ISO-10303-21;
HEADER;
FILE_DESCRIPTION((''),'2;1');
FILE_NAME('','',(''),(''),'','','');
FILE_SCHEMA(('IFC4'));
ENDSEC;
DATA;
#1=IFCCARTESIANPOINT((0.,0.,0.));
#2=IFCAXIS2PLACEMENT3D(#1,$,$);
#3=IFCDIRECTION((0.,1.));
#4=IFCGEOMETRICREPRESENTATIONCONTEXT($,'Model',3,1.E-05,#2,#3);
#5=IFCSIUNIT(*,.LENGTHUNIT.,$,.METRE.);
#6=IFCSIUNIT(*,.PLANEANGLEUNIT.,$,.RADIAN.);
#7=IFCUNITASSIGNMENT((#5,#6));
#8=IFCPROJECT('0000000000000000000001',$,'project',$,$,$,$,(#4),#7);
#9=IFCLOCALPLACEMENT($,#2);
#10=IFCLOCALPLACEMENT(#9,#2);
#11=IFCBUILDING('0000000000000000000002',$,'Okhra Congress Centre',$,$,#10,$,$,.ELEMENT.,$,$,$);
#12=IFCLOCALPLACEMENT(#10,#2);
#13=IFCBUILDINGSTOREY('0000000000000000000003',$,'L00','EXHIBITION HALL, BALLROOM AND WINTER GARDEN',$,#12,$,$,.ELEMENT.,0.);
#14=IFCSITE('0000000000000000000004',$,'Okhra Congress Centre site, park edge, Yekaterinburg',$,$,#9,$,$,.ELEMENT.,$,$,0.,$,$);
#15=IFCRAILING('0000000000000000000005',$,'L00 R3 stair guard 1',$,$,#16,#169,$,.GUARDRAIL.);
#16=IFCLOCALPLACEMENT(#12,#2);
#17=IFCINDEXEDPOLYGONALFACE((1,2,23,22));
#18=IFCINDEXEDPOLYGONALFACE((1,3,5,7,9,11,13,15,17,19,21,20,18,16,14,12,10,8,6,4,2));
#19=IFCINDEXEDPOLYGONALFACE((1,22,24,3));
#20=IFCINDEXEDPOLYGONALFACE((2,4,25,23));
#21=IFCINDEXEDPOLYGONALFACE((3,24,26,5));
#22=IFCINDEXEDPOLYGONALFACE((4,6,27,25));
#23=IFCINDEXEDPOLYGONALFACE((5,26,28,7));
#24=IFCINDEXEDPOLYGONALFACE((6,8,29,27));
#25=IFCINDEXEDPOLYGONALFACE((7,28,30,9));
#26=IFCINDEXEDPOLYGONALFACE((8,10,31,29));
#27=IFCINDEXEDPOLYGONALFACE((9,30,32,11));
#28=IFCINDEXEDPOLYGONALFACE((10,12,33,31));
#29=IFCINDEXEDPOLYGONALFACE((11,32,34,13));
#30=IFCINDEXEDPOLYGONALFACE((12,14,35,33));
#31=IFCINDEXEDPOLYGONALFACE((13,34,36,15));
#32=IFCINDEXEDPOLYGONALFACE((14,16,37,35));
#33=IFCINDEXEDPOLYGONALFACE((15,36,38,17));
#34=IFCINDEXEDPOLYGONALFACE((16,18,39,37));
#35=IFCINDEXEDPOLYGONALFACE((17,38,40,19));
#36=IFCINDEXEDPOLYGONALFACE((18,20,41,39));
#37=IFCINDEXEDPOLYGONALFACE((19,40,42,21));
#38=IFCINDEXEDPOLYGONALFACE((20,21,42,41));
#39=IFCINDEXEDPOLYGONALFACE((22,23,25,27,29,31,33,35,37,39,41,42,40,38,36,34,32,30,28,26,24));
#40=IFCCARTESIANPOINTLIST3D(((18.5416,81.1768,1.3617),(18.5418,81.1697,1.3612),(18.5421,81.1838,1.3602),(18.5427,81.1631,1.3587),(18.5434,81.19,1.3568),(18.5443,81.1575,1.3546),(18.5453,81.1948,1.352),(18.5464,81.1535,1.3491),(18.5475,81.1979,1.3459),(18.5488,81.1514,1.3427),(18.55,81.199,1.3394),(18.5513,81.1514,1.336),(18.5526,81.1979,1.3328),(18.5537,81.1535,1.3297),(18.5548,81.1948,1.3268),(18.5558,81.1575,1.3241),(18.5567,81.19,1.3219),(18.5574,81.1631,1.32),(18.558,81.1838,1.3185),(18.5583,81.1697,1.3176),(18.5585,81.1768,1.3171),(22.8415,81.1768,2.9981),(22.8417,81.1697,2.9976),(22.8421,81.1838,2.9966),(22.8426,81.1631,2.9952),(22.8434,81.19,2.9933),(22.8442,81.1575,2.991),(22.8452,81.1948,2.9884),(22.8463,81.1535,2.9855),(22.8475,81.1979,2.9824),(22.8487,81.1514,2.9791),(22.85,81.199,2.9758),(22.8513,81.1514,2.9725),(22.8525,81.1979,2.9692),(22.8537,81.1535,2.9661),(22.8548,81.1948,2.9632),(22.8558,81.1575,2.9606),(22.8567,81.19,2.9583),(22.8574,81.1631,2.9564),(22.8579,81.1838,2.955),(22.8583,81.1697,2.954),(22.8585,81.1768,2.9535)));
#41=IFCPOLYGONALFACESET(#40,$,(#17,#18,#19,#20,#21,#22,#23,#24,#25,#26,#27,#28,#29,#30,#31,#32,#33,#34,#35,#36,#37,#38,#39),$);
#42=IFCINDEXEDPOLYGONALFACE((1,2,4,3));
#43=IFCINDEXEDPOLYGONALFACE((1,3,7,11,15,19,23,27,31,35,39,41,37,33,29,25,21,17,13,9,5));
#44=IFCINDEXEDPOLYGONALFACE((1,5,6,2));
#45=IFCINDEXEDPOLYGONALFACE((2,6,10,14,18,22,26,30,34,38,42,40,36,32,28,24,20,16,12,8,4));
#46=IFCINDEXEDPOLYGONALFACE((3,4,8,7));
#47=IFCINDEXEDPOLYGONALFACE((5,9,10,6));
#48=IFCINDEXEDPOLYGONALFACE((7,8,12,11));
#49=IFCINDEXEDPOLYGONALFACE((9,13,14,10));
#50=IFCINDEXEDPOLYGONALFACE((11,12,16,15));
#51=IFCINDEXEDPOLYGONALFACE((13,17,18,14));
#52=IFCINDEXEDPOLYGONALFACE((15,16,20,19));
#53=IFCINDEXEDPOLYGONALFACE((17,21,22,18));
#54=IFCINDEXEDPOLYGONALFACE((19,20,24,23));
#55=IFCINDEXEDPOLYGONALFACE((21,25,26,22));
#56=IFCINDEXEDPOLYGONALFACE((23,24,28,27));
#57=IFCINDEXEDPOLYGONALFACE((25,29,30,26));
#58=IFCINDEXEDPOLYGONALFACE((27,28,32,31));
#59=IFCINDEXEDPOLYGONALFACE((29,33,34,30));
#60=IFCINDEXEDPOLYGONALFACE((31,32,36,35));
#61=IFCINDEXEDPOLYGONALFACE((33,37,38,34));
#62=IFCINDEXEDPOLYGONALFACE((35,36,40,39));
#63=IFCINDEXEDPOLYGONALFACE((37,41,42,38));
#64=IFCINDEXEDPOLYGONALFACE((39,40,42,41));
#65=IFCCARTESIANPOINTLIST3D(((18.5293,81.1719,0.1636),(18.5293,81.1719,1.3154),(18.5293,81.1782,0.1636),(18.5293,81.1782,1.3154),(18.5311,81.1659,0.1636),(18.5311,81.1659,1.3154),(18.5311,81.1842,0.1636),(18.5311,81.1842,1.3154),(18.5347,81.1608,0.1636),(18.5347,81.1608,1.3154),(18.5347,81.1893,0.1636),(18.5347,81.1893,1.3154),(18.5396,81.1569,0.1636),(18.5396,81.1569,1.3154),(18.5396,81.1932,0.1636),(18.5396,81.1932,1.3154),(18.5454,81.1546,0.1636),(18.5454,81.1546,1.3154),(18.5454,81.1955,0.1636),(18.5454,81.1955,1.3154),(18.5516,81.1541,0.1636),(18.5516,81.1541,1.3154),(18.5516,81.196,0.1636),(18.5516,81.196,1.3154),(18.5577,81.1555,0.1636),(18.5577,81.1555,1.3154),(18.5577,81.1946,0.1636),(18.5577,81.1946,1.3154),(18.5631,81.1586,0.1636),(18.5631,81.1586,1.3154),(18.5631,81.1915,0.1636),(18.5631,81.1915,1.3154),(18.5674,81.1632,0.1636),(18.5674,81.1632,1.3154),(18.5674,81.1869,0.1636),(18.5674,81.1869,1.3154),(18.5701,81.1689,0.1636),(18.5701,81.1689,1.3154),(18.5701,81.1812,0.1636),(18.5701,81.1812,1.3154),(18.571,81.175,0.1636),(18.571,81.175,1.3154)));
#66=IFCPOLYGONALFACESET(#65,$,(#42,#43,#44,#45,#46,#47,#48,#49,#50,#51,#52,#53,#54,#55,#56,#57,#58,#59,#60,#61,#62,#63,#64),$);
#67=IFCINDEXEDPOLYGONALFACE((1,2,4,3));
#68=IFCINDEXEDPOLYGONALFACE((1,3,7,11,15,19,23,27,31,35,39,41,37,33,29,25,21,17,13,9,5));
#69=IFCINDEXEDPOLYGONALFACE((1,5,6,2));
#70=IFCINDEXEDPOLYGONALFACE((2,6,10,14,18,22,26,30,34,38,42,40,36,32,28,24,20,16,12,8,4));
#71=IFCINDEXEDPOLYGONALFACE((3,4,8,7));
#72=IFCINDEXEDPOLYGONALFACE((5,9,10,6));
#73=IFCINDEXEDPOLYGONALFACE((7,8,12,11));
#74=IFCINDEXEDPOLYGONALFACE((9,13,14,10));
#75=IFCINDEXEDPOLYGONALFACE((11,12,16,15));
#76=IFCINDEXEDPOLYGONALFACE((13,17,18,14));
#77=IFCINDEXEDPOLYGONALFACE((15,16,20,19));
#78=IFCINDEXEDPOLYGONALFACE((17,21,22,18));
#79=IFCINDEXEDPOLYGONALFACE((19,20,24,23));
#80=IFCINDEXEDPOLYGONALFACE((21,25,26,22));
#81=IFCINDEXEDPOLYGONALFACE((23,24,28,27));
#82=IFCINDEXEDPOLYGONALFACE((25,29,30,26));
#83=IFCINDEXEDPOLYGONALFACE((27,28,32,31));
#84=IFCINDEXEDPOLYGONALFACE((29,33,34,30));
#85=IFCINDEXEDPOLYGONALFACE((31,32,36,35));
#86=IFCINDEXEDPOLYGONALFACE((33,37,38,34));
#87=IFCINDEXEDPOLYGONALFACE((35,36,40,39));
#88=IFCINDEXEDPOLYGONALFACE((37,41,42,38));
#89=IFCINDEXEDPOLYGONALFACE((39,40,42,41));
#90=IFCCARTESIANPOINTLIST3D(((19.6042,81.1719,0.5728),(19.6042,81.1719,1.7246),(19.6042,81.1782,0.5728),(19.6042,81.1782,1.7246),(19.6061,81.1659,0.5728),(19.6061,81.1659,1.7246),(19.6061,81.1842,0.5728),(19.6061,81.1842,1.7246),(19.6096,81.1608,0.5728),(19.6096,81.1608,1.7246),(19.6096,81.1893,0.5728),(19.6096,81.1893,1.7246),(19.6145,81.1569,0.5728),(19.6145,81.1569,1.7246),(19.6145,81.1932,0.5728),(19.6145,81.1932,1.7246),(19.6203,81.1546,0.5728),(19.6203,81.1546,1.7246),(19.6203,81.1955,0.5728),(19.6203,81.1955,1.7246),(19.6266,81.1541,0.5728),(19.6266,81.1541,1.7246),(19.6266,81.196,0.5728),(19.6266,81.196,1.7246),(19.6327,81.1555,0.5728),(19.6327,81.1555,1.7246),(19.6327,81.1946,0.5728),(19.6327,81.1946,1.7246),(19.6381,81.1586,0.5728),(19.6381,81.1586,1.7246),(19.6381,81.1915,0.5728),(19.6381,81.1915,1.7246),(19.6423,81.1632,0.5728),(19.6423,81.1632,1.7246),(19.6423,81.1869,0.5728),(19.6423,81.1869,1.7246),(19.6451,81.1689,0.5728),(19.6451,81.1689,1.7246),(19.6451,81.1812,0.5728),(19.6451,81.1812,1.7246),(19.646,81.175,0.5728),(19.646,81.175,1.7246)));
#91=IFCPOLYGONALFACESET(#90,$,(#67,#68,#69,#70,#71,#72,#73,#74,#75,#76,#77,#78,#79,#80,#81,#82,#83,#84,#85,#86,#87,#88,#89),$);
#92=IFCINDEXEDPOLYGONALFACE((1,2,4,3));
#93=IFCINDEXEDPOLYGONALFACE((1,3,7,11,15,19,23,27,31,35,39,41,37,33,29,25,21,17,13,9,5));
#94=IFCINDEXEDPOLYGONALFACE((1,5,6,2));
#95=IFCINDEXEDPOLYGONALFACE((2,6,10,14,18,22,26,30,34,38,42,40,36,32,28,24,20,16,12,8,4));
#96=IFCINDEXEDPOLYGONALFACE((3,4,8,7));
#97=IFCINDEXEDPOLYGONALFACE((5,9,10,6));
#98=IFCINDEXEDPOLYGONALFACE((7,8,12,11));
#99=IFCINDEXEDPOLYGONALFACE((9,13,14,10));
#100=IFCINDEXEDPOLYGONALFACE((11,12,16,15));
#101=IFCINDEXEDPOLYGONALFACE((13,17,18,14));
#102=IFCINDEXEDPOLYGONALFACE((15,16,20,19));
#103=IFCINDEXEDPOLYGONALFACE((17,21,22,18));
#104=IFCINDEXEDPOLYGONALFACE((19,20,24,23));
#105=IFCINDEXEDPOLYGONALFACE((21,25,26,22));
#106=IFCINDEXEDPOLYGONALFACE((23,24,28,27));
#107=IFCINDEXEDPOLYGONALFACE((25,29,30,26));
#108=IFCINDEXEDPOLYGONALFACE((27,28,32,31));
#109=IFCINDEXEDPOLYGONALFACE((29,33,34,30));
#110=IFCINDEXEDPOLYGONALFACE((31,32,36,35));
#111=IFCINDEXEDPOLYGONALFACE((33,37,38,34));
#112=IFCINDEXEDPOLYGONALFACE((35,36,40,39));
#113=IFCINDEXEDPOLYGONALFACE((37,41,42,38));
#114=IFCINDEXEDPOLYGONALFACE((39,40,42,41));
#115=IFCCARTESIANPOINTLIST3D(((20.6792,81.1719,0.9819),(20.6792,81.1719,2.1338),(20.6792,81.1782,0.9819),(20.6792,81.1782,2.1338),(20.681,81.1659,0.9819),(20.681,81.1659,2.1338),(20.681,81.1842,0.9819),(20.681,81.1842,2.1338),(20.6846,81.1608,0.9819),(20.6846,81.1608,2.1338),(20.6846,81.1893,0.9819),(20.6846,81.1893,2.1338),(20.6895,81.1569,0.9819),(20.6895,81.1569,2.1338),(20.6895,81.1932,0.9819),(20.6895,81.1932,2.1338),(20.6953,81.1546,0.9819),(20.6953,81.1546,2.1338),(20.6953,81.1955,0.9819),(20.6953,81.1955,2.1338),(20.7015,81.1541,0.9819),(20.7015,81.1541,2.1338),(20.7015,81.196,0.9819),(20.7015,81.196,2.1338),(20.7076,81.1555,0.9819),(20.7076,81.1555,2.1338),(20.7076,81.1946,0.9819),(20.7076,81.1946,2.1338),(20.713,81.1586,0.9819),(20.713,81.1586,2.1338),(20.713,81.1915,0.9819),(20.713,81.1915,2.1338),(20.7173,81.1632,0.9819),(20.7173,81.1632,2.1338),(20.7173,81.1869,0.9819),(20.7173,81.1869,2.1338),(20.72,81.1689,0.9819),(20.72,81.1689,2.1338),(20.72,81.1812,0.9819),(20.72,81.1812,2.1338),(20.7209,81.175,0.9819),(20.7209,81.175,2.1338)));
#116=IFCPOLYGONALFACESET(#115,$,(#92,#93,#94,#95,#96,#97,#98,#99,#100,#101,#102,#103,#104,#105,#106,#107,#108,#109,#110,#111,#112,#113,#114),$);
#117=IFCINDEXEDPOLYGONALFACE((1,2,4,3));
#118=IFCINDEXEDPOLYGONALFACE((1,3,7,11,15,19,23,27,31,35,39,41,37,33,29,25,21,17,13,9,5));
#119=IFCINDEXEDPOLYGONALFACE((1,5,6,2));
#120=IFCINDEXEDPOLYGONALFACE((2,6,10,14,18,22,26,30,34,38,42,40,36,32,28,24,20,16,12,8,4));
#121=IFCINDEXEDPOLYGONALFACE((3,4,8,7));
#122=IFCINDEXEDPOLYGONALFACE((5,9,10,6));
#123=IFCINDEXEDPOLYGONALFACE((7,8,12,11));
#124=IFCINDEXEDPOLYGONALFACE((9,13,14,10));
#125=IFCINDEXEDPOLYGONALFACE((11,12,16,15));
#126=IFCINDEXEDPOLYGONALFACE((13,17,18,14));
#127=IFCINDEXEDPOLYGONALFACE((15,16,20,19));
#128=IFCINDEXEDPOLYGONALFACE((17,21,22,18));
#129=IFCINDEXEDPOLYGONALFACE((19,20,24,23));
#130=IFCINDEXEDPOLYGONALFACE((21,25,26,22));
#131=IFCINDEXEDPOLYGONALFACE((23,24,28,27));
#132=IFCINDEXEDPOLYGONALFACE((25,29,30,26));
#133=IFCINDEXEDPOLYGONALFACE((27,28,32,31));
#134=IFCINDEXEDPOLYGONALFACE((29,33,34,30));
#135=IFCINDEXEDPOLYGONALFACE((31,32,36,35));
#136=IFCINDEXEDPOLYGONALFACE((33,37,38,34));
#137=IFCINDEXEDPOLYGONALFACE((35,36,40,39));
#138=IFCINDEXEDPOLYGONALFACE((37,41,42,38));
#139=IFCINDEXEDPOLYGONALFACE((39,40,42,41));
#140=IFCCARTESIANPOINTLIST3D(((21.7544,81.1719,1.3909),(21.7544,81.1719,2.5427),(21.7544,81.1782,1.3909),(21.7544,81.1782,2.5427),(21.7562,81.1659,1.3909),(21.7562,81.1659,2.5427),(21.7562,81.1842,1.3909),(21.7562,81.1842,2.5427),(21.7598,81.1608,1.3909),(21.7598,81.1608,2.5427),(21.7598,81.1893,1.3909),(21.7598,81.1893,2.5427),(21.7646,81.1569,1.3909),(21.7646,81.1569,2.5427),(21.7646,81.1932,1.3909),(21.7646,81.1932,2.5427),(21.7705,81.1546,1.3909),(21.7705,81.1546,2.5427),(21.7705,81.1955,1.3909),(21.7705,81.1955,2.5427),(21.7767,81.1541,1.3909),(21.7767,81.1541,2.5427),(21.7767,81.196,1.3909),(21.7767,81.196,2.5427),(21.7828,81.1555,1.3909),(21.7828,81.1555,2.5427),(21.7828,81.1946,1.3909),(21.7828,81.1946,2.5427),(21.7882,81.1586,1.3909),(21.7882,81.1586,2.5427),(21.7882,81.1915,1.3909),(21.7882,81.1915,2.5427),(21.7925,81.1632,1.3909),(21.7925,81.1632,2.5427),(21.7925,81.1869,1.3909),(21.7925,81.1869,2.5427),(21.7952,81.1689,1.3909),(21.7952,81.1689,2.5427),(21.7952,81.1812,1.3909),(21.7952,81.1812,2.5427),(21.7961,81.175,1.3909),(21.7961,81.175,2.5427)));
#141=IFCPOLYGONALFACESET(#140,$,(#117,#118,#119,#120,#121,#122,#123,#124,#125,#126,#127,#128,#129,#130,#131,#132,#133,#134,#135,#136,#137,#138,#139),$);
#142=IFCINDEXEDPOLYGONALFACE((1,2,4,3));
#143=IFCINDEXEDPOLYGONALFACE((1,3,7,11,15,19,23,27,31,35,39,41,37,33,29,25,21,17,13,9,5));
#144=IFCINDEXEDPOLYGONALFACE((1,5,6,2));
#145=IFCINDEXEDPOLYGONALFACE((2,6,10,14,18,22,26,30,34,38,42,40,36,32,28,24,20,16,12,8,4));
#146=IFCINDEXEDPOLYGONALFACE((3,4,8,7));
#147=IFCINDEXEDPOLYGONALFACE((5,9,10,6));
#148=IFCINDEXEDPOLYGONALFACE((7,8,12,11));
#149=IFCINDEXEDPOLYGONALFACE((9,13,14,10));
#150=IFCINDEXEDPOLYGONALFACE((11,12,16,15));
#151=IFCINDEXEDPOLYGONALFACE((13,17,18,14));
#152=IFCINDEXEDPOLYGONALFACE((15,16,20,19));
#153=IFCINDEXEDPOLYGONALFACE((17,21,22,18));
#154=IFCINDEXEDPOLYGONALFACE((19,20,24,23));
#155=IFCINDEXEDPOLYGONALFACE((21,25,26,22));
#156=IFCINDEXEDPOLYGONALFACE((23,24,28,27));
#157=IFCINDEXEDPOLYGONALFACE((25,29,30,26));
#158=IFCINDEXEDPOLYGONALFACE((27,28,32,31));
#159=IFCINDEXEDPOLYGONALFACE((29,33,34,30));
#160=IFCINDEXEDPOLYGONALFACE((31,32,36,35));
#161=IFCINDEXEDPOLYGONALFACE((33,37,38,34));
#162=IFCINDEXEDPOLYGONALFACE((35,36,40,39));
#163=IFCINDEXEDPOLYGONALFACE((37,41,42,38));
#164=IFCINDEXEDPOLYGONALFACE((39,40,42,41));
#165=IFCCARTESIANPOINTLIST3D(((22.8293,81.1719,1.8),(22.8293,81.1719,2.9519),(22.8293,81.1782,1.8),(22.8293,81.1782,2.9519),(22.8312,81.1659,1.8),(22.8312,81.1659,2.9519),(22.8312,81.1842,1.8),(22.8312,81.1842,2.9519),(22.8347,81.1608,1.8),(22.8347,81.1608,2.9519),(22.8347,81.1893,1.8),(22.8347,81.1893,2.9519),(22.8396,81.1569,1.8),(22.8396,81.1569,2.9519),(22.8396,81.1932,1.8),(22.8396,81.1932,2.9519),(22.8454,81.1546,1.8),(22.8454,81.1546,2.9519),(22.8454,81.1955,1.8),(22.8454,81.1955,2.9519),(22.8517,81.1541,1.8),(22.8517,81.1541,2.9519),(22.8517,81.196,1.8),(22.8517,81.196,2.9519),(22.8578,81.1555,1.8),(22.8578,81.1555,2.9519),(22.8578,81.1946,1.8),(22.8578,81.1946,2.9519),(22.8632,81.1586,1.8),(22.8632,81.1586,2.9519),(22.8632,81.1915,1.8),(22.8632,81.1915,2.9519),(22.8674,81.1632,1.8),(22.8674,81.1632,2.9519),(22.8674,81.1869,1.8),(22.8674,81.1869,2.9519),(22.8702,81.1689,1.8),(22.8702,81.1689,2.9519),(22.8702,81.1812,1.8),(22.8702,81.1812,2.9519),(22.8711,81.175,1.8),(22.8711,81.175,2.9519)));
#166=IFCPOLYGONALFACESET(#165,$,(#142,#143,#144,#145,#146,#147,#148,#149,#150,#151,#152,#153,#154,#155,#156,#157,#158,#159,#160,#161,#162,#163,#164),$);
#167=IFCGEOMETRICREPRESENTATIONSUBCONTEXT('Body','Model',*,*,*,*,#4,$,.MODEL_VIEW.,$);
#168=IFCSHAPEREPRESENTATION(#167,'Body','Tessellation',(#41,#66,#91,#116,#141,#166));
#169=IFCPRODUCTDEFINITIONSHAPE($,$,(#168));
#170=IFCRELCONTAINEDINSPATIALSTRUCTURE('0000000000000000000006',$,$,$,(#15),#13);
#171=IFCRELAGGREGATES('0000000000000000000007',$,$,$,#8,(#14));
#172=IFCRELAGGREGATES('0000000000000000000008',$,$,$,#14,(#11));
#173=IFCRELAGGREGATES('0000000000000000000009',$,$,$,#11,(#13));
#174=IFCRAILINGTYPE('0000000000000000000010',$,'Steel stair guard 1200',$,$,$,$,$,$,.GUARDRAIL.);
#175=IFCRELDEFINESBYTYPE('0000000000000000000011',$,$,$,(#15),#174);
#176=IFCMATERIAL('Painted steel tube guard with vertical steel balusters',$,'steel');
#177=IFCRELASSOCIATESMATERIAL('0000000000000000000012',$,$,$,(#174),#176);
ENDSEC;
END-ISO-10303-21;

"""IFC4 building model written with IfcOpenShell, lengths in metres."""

from ifc_helpers import new_model, si_unit, direction, frame, origin, origin_2d, place, context, subcontext, project, spatial, circle, extrude, material, type_object, element, save


model = new_model("IFC4")

# Units and contexts
model_context = context("Model", 3, precision=1e-05, world=origin(), true_north=direction((0.0, 1.0)))
body_context = subcontext(model_context, "Body", "Model", "MODEL_VIEW")
ifc_project = project(units=[si_unit("LENGTHUNIT", "METRE"), si_unit("PLANEANGLEUNIT", "RADIAN")], contexts=[model_context])

# Site, building, storey
site_placement = place(None, origin())
site = spatial("IfcSite", under=ifc_project, at=site_placement, Name="Okhra Congress Centre site, park edge, Yekaterinburg", CompositionType="ELEMENT", RefElevation=0.0)
building_placement = place(site_placement, origin())
building = spatial("IfcBuilding", under=site, at=building_placement, Name="Okhra Congress Centre", CompositionType="ELEMENT")
storey_placement = place(building_placement, origin())
storey = spatial("IfcBuildingStorey", under=building, at=storey_placement, Name="L00", Description="EXHIBITION HALL, BALLROOM AND WINTER GARDEN", CompositionType="ELEMENT", Elevation=0.0)

# Railing
ifc_material_1 = material(Name="Painted steel tube guard with vertical steel balusters", Category="steel")
railing_type_1 = type_object("IfcRailingType", Name="Steel stair guard 1200", PredefinedType="GUARDRAIL", material=ifc_material_1)
railing_1_placement = place(storey_placement, frame((18.55, 81.175, 0.1636)))
element("IfcRailing", 1, at=railing_1_placement, inside=storey, type_object=railing_type_1, Name="L00 R3 stair guard 1", PredefinedType="GUARDRAIL", context=body_context, shape_type="SweptSolid", body=[
    extrude(circle(Radius=0.0239, at=origin_2d()), frame((0.0, 0.0, 1.1758), z_axis=(0.934606, 0.0, 0.355684), x_axis=(0.0, 1.0, 0.0)), (0.0, 0.0, 1.0), 4.6008),
    extrude(circle(Radius=0.021, at=origin_2d()), origin(), (0.0, 0.0, 1.0), 1.1519),
    extrude(circle(Radius=0.021, at=origin_2d()), frame((1.075, 0.0, 0.4092)), (0.0, 0.0, 1.0), 1.1519),
    extrude(circle(Radius=0.021, at=origin_2d()), frame((2.1499, 0.0, 0.8184)), (0.0, 0.0, 1.0), 1.1519),
    extrude(circle(Radius=0.021, at=origin_2d()), frame((3.2251, 0.0, 1.2273)), (0.0, 0.0, 1.0), 1.1519),
    extrude(circle(Radius=0.021, at=origin_2d()), frame((4.3, 0.0, 1.6365)), (0.0, 0.0, 1.0), 1.1519),
])

save(model, "model.ifc")
